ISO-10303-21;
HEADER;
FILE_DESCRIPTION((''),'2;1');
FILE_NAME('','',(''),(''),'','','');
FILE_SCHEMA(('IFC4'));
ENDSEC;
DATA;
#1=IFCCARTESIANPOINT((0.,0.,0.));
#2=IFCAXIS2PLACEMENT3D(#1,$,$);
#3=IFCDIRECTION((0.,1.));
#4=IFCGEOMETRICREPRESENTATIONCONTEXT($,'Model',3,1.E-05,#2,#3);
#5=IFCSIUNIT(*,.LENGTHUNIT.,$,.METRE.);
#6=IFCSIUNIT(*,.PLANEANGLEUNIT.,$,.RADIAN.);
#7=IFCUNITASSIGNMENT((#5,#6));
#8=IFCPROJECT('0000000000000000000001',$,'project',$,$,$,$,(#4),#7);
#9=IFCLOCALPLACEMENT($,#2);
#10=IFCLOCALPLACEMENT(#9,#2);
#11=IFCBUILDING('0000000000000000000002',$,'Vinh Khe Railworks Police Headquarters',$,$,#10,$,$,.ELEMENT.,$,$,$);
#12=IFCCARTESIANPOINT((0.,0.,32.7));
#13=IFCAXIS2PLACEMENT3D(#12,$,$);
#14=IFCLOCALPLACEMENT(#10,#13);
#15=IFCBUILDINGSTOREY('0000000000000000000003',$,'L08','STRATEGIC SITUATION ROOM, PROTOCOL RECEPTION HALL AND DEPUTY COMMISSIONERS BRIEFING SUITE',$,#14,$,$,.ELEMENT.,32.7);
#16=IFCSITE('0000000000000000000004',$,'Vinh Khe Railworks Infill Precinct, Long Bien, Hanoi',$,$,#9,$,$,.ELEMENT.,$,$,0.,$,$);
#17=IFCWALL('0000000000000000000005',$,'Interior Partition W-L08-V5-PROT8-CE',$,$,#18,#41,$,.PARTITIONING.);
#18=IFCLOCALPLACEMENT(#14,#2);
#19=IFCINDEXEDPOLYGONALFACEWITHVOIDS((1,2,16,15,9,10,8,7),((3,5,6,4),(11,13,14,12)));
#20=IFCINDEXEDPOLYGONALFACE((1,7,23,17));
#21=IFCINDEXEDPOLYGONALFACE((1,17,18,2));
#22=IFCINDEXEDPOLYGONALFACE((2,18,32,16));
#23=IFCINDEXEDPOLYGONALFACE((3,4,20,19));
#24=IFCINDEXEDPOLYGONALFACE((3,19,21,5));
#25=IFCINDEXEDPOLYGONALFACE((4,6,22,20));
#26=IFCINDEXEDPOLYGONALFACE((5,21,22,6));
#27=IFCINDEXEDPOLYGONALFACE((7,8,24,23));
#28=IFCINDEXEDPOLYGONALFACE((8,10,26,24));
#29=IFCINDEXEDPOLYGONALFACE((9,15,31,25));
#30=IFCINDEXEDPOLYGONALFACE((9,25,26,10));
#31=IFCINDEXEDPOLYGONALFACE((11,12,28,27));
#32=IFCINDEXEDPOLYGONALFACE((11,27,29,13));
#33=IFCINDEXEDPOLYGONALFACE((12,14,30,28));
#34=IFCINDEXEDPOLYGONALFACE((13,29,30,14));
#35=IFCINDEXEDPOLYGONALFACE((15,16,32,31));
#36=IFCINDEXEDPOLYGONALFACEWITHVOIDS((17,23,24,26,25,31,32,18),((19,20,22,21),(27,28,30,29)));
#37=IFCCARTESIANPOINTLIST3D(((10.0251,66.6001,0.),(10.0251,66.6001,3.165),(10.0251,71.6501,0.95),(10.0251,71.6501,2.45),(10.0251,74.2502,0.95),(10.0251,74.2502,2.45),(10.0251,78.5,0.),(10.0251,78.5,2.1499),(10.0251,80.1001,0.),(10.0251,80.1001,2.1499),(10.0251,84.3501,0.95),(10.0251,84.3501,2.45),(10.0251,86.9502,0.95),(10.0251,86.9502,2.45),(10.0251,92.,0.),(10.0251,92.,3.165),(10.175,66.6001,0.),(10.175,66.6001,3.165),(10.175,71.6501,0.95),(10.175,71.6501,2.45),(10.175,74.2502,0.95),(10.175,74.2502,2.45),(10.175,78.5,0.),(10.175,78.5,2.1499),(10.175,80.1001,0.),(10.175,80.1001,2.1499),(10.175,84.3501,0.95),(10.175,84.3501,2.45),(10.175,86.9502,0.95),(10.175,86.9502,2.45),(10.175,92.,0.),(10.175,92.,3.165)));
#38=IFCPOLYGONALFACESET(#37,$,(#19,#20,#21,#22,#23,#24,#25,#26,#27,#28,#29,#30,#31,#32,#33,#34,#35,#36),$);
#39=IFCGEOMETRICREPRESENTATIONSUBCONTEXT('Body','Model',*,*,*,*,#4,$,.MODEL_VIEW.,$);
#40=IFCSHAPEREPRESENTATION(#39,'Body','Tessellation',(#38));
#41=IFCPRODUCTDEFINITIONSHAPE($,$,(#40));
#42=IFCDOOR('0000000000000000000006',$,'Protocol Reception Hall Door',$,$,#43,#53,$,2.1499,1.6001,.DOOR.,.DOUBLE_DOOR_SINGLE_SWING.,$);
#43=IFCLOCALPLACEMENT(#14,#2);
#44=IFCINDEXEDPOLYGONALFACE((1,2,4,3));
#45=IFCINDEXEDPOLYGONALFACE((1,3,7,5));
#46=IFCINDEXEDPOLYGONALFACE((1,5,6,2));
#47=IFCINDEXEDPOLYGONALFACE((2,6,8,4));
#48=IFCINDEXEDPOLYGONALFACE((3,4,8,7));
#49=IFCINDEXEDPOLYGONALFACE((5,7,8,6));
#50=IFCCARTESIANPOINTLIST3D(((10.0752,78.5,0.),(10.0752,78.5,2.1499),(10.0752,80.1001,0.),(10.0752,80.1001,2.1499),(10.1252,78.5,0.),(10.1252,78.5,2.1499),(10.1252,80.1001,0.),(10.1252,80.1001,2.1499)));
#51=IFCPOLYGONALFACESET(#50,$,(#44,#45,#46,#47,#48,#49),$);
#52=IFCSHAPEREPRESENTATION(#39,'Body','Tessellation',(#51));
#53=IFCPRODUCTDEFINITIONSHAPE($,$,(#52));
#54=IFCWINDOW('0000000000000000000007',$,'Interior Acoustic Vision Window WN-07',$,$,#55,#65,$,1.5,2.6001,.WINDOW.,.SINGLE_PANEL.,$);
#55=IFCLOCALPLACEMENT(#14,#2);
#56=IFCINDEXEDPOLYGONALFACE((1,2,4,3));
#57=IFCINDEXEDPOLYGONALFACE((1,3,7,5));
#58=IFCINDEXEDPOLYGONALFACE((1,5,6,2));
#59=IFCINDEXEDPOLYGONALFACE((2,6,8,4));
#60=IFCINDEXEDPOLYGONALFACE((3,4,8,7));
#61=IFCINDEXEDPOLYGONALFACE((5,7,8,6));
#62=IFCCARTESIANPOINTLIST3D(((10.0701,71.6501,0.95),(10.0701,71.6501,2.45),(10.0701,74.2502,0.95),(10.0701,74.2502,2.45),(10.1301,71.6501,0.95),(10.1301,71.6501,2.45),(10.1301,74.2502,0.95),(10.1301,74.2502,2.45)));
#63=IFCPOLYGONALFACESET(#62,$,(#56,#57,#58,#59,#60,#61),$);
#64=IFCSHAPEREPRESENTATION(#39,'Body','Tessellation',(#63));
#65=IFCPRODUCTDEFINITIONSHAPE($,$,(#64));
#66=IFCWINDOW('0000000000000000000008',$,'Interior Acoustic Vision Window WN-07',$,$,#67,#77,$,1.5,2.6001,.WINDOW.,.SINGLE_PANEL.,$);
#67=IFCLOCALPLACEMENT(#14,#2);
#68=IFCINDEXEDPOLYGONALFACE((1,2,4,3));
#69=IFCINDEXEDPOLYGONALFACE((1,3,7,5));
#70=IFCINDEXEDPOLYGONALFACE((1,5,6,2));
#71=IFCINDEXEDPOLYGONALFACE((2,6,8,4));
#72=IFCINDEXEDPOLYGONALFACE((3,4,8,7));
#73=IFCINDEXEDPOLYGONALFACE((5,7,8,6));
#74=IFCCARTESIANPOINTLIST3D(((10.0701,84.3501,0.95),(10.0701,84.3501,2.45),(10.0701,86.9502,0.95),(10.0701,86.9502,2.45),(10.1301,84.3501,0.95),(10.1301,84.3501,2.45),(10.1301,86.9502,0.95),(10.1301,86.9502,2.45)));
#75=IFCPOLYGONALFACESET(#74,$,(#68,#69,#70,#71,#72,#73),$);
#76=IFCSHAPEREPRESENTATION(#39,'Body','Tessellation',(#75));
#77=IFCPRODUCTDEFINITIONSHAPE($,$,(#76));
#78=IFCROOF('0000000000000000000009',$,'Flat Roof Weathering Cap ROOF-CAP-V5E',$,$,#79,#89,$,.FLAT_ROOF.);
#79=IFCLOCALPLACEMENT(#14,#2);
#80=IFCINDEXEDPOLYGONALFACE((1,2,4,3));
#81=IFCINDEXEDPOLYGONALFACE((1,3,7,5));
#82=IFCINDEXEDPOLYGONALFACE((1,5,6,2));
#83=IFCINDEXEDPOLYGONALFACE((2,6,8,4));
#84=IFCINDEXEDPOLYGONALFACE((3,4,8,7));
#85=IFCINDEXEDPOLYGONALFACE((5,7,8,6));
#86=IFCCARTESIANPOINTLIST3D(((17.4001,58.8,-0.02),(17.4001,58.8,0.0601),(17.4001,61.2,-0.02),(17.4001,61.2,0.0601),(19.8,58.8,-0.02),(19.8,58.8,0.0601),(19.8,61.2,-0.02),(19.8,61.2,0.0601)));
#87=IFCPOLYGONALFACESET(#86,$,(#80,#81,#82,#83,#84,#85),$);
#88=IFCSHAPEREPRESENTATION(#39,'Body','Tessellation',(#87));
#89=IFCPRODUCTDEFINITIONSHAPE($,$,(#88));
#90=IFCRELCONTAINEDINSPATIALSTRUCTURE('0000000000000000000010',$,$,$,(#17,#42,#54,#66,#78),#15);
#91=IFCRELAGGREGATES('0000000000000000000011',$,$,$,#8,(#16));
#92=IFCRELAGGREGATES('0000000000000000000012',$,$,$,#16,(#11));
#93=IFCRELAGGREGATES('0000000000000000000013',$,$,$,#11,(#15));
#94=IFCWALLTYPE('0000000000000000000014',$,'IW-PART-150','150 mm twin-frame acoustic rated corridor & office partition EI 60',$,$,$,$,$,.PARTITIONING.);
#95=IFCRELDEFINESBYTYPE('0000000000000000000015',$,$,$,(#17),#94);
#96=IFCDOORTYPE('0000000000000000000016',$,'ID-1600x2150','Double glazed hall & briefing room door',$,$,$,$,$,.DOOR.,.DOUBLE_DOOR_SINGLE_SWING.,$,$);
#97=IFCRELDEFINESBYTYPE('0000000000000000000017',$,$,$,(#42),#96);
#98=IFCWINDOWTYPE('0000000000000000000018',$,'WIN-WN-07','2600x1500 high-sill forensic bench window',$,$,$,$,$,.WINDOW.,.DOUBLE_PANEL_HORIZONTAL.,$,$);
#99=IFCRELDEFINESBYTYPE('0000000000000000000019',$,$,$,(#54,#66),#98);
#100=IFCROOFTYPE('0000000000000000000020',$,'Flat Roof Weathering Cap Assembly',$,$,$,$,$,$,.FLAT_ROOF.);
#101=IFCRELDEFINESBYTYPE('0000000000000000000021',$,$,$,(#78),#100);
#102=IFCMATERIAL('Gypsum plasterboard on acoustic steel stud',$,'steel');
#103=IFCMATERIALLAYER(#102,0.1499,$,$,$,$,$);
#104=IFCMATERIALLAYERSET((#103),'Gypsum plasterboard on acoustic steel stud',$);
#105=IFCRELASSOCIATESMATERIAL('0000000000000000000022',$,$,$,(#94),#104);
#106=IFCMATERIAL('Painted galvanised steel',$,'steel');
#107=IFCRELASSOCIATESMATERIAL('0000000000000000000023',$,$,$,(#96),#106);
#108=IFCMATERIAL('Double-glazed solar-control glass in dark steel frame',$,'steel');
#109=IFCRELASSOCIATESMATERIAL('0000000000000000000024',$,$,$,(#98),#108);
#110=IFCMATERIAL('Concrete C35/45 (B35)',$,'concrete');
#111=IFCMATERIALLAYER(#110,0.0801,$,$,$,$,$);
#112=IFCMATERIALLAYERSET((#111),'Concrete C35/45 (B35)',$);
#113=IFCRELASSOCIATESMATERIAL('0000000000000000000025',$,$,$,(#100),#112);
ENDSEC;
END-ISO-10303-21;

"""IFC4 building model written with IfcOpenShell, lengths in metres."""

from ifc_helpers import new_model, si_unit, direction, frame, frame_2d, origin, origin_2d, place, context, subcontext, project, spatial, rectangle, extrude, material, layer, layer_set, type_object, element, fill, save


model = new_model("IFC4")

# Units and contexts
model_context = context("Model", 3, precision=1e-05, world=origin(), true_north=direction((0.0, 1.0)))
body_context = subcontext(model_context, "Body", "Model", "MODEL_VIEW")
ifc_project = project(units=[si_unit("LENGTHUNIT", "METRE"), si_unit("PLANEANGLEUNIT", "RADIAN")], contexts=[model_context])

# Site, building, storey
site_placement = place(None, origin())
site = spatial("IfcSite", under=ifc_project, at=site_placement, Name="Vinh Khe Railworks Infill Precinct, Long Bien, Hanoi", CompositionType="ELEMENT", RefElevation=0.0)
building_placement = place(site_placement, origin())
building = spatial("IfcBuilding", under=site, at=building_placement, Name="Vinh Khe Railworks Police Headquarters", CompositionType="ELEMENT")
storey_placement = place(building_placement, frame((0.0, 0.0, 32.7)))
storey = spatial("IfcBuildingStorey", under=building, at=storey_placement, Name="L08", Description="STRATEGIC SITUATION ROOM, PROTOCOL RECEPTION HALL AND DEPUTY COMMISSIONERS BRIEFING SUITE", CompositionType="ELEMENT", Elevation=32.7)

# Shared definitions
ifc_material_1 = material(Name="Double-glazed solar-control glass in dark steel frame", Category="steel")

# Wall, openings, door, windows
ifc_material_2 = material(Name="Gypsum plasterboard on acoustic steel stud", Category="steel")
ifc_layer_1 = layer(ifc_material_2, 0.1499)
ifc_layer_set_1 = layer_set([ifc_layer_1], Name="Gypsum plasterboard on acoustic steel stud")
wall_type_1 = type_object("IfcWallType", Name="IW-PART-150", Description="150 mm twin-frame acoustic rated corridor & office partition EI 60", PredefinedType="PARTITIONING", material=ifc_layer_set_1)
wall_1_placement = place(storey_placement, frame((10.1001, 66.6001, 0.0), z_axis=(0.0, 0.0, 1.0), x_axis=(0.0, 1.0, 0.0)))
wall_1 = element("IfcWall", 1, at=wall_1_placement, inside=storey, type_object=wall_type_1, Name="Interior Partition W-L08-V5-PROT8-CE", PredefinedType="PARTITIONING", context=body_context, shape_type="SweptSolid", body=[
    extrude(rectangle(XDim=25.3999, YDim=0.1499, at=frame_2d((12.7, 0.0))), origin(), (0.0, 0.0, 1.0), 3.165),
])
opening_1_placement = place(wall_1_placement, frame((11.8999, 0.0, 0.0)))
opening_1 = element("IfcOpeningElement", 2, at=opening_1_placement, cuts=wall_1, PredefinedType="OPENING", context=body_context, shape_type="SweptSolid", body=[
    extrude(rectangle(XDim=1.6001, YDim=2.1499, at=frame_2d((0.8, 1.075))), frame((0.0, 0.0898, 0.0), z_axis=(0.0, -1.0, 0.0), x_axis=(1.0, 0.0, 0.0)), (0.0, 0.0, 1.0), 0.1797),
])
opening_2_placement = place(wall_1_placement, frame((5.05, 0.0, 0.95)))
opening_2 = element("IfcOpeningElement", 3, at=opening_2_placement, cuts=wall_1, PredefinedType="OPENING", context=body_context, shape_type="SweptSolid", body=[
    extrude(rectangle(XDim=2.6001, YDim=1.5, at=frame_2d((1.3, 0.75))), frame((0.0, 0.0898, 0.0), z_axis=(0.0, -1.0, 0.0), x_axis=(1.0, 0.0, 0.0)), (0.0, 0.0, 1.0), 0.1797),
])
opening_3_placement = place(wall_1_placement, frame((17.75, 0.0, 0.95)))
opening_3 = element("IfcOpeningElement", 4, at=opening_3_placement, cuts=wall_1, PredefinedType="OPENING", context=body_context, shape_type="SweptSolid", body=[
    extrude(rectangle(XDim=2.6001, YDim=1.5, at=frame_2d((1.3, 0.75))), frame((0.0, 0.0898, 0.0), z_axis=(0.0, -1.0, 0.0), x_axis=(1.0, 0.0, 0.0)), (0.0, 0.0, 1.0), 0.1797),
])
ifc_material_3 = material(Name="Painted galvanised steel", Category="steel")
door_type = type_object("IfcDoorType", Name="ID-1600x2150", Description="Double glazed hall & briefing room door", OperationType="DOUBLE_DOOR_SINGLE_SWING", PredefinedType="DOOR", material=ifc_material_3)
door_placement = place(opening_1_placement, origin())
door = element("IfcDoor", 5, at=door_placement, inside=storey, type_object=door_type, Name="Protocol Reception Hall Door", OperationType="DOUBLE_DOOR_SINGLE_SWING", OverallHeight=2.1499, OverallWidth=1.6001, PredefinedType="DOOR", context=body_context, shape_type="SweptSolid", body=[
    extrude(rectangle(XDim=1.6001, YDim=2.1499, at=frame_2d((0.8, 1.075))), frame((0.0, 0.0249, 0.0), z_axis=(0.0, -1.0, 0.0), x_axis=(1.0, 0.0, 0.0)), (0.0, 0.0, 1.0), 0.05),
])
fill(opening_1, door)
window_type_1 = type_object("IfcWindowType", Name="WIN-WN-07", Description="2600x1500 high-sill forensic bench window", PartitioningType="DOUBLE_PANEL_HORIZONTAL", PredefinedType="WINDOW", material=ifc_material_1)
window_1_placement = place(opening_2_placement, origin())
window_1 = element("IfcWindow", 6, at=window_1_placement, inside=storey, type_object=window_type_1, Name="Interior Acoustic Vision Window WN-07", OverallHeight=1.5, OverallWidth=2.6001, PartitioningType="SINGLE_PANEL", PredefinedType="WINDOW", context=body_context, shape_type="SweptSolid", body=[
    extrude(rectangle(XDim=2.6001, YDim=1.5, at=frame_2d((1.3, 0.75))), frame((0.0, 0.03, 0.0), z_axis=(0.0, -1.0, 0.0), x_axis=(1.0, 0.0, 0.0)), (0.0, 0.0, 1.0), 0.0601),
])
fill(opening_2, window_1)
window_2_placement = place(opening_3_placement, origin())
window_2 = element("IfcWindow", 7, at=window_2_placement, inside=storey, type_object=window_type_1, Name="Interior Acoustic Vision Window WN-07", OverallHeight=1.5, OverallWidth=2.6001, PartitioningType="SINGLE_PANEL", PredefinedType="WINDOW", context=body_context, shape_type="SweptSolid", body=[
    extrude(rectangle(XDim=2.6001, YDim=1.5, at=frame_2d((1.3, 0.75))), frame((0.0, 0.03, 0.0), z_axis=(0.0, -1.0, 0.0), x_axis=(1.0, 0.0, 0.0)), (0.0, 0.0, 1.0), 0.0601),
])
fill(opening_3, window_2)

# Roof
ifc_material_4 = material(Name="Concrete C35/45 (B35)", Category="concrete")
ifc_layer_2 = layer(ifc_material_4, 0.0801)
ifc_layer_set_2 = layer_set([ifc_layer_2], Name="Concrete C35/45 (B35)")
roof_type = type_object("IfcRoofType", Name="Flat Roof Weathering Cap Assembly", PredefinedType="FLAT_ROOF", material=ifc_layer_set_2)
roof_placement = place(storey_placement, frame((18.6001, 60.0, -0.02), z_axis=(0.0, 0.0, 1.0), x_axis=(1.0, 0.0, 0.0)))
element("IfcRoof", 8, at=roof_placement, inside=storey, type_object=roof_type, Name="Flat Roof Weathering Cap ROOF-CAP-V5E", PredefinedType="FLAT_ROOF", context=body_context, shape_type="SweptSolid", body=[
    extrude(rectangle(XDim=2.3999, YDim=2.3999, at=origin_2d()), origin(), (0.0, 0.0, 1.0), 0.0801),
])

save(model, "model.ifc")
